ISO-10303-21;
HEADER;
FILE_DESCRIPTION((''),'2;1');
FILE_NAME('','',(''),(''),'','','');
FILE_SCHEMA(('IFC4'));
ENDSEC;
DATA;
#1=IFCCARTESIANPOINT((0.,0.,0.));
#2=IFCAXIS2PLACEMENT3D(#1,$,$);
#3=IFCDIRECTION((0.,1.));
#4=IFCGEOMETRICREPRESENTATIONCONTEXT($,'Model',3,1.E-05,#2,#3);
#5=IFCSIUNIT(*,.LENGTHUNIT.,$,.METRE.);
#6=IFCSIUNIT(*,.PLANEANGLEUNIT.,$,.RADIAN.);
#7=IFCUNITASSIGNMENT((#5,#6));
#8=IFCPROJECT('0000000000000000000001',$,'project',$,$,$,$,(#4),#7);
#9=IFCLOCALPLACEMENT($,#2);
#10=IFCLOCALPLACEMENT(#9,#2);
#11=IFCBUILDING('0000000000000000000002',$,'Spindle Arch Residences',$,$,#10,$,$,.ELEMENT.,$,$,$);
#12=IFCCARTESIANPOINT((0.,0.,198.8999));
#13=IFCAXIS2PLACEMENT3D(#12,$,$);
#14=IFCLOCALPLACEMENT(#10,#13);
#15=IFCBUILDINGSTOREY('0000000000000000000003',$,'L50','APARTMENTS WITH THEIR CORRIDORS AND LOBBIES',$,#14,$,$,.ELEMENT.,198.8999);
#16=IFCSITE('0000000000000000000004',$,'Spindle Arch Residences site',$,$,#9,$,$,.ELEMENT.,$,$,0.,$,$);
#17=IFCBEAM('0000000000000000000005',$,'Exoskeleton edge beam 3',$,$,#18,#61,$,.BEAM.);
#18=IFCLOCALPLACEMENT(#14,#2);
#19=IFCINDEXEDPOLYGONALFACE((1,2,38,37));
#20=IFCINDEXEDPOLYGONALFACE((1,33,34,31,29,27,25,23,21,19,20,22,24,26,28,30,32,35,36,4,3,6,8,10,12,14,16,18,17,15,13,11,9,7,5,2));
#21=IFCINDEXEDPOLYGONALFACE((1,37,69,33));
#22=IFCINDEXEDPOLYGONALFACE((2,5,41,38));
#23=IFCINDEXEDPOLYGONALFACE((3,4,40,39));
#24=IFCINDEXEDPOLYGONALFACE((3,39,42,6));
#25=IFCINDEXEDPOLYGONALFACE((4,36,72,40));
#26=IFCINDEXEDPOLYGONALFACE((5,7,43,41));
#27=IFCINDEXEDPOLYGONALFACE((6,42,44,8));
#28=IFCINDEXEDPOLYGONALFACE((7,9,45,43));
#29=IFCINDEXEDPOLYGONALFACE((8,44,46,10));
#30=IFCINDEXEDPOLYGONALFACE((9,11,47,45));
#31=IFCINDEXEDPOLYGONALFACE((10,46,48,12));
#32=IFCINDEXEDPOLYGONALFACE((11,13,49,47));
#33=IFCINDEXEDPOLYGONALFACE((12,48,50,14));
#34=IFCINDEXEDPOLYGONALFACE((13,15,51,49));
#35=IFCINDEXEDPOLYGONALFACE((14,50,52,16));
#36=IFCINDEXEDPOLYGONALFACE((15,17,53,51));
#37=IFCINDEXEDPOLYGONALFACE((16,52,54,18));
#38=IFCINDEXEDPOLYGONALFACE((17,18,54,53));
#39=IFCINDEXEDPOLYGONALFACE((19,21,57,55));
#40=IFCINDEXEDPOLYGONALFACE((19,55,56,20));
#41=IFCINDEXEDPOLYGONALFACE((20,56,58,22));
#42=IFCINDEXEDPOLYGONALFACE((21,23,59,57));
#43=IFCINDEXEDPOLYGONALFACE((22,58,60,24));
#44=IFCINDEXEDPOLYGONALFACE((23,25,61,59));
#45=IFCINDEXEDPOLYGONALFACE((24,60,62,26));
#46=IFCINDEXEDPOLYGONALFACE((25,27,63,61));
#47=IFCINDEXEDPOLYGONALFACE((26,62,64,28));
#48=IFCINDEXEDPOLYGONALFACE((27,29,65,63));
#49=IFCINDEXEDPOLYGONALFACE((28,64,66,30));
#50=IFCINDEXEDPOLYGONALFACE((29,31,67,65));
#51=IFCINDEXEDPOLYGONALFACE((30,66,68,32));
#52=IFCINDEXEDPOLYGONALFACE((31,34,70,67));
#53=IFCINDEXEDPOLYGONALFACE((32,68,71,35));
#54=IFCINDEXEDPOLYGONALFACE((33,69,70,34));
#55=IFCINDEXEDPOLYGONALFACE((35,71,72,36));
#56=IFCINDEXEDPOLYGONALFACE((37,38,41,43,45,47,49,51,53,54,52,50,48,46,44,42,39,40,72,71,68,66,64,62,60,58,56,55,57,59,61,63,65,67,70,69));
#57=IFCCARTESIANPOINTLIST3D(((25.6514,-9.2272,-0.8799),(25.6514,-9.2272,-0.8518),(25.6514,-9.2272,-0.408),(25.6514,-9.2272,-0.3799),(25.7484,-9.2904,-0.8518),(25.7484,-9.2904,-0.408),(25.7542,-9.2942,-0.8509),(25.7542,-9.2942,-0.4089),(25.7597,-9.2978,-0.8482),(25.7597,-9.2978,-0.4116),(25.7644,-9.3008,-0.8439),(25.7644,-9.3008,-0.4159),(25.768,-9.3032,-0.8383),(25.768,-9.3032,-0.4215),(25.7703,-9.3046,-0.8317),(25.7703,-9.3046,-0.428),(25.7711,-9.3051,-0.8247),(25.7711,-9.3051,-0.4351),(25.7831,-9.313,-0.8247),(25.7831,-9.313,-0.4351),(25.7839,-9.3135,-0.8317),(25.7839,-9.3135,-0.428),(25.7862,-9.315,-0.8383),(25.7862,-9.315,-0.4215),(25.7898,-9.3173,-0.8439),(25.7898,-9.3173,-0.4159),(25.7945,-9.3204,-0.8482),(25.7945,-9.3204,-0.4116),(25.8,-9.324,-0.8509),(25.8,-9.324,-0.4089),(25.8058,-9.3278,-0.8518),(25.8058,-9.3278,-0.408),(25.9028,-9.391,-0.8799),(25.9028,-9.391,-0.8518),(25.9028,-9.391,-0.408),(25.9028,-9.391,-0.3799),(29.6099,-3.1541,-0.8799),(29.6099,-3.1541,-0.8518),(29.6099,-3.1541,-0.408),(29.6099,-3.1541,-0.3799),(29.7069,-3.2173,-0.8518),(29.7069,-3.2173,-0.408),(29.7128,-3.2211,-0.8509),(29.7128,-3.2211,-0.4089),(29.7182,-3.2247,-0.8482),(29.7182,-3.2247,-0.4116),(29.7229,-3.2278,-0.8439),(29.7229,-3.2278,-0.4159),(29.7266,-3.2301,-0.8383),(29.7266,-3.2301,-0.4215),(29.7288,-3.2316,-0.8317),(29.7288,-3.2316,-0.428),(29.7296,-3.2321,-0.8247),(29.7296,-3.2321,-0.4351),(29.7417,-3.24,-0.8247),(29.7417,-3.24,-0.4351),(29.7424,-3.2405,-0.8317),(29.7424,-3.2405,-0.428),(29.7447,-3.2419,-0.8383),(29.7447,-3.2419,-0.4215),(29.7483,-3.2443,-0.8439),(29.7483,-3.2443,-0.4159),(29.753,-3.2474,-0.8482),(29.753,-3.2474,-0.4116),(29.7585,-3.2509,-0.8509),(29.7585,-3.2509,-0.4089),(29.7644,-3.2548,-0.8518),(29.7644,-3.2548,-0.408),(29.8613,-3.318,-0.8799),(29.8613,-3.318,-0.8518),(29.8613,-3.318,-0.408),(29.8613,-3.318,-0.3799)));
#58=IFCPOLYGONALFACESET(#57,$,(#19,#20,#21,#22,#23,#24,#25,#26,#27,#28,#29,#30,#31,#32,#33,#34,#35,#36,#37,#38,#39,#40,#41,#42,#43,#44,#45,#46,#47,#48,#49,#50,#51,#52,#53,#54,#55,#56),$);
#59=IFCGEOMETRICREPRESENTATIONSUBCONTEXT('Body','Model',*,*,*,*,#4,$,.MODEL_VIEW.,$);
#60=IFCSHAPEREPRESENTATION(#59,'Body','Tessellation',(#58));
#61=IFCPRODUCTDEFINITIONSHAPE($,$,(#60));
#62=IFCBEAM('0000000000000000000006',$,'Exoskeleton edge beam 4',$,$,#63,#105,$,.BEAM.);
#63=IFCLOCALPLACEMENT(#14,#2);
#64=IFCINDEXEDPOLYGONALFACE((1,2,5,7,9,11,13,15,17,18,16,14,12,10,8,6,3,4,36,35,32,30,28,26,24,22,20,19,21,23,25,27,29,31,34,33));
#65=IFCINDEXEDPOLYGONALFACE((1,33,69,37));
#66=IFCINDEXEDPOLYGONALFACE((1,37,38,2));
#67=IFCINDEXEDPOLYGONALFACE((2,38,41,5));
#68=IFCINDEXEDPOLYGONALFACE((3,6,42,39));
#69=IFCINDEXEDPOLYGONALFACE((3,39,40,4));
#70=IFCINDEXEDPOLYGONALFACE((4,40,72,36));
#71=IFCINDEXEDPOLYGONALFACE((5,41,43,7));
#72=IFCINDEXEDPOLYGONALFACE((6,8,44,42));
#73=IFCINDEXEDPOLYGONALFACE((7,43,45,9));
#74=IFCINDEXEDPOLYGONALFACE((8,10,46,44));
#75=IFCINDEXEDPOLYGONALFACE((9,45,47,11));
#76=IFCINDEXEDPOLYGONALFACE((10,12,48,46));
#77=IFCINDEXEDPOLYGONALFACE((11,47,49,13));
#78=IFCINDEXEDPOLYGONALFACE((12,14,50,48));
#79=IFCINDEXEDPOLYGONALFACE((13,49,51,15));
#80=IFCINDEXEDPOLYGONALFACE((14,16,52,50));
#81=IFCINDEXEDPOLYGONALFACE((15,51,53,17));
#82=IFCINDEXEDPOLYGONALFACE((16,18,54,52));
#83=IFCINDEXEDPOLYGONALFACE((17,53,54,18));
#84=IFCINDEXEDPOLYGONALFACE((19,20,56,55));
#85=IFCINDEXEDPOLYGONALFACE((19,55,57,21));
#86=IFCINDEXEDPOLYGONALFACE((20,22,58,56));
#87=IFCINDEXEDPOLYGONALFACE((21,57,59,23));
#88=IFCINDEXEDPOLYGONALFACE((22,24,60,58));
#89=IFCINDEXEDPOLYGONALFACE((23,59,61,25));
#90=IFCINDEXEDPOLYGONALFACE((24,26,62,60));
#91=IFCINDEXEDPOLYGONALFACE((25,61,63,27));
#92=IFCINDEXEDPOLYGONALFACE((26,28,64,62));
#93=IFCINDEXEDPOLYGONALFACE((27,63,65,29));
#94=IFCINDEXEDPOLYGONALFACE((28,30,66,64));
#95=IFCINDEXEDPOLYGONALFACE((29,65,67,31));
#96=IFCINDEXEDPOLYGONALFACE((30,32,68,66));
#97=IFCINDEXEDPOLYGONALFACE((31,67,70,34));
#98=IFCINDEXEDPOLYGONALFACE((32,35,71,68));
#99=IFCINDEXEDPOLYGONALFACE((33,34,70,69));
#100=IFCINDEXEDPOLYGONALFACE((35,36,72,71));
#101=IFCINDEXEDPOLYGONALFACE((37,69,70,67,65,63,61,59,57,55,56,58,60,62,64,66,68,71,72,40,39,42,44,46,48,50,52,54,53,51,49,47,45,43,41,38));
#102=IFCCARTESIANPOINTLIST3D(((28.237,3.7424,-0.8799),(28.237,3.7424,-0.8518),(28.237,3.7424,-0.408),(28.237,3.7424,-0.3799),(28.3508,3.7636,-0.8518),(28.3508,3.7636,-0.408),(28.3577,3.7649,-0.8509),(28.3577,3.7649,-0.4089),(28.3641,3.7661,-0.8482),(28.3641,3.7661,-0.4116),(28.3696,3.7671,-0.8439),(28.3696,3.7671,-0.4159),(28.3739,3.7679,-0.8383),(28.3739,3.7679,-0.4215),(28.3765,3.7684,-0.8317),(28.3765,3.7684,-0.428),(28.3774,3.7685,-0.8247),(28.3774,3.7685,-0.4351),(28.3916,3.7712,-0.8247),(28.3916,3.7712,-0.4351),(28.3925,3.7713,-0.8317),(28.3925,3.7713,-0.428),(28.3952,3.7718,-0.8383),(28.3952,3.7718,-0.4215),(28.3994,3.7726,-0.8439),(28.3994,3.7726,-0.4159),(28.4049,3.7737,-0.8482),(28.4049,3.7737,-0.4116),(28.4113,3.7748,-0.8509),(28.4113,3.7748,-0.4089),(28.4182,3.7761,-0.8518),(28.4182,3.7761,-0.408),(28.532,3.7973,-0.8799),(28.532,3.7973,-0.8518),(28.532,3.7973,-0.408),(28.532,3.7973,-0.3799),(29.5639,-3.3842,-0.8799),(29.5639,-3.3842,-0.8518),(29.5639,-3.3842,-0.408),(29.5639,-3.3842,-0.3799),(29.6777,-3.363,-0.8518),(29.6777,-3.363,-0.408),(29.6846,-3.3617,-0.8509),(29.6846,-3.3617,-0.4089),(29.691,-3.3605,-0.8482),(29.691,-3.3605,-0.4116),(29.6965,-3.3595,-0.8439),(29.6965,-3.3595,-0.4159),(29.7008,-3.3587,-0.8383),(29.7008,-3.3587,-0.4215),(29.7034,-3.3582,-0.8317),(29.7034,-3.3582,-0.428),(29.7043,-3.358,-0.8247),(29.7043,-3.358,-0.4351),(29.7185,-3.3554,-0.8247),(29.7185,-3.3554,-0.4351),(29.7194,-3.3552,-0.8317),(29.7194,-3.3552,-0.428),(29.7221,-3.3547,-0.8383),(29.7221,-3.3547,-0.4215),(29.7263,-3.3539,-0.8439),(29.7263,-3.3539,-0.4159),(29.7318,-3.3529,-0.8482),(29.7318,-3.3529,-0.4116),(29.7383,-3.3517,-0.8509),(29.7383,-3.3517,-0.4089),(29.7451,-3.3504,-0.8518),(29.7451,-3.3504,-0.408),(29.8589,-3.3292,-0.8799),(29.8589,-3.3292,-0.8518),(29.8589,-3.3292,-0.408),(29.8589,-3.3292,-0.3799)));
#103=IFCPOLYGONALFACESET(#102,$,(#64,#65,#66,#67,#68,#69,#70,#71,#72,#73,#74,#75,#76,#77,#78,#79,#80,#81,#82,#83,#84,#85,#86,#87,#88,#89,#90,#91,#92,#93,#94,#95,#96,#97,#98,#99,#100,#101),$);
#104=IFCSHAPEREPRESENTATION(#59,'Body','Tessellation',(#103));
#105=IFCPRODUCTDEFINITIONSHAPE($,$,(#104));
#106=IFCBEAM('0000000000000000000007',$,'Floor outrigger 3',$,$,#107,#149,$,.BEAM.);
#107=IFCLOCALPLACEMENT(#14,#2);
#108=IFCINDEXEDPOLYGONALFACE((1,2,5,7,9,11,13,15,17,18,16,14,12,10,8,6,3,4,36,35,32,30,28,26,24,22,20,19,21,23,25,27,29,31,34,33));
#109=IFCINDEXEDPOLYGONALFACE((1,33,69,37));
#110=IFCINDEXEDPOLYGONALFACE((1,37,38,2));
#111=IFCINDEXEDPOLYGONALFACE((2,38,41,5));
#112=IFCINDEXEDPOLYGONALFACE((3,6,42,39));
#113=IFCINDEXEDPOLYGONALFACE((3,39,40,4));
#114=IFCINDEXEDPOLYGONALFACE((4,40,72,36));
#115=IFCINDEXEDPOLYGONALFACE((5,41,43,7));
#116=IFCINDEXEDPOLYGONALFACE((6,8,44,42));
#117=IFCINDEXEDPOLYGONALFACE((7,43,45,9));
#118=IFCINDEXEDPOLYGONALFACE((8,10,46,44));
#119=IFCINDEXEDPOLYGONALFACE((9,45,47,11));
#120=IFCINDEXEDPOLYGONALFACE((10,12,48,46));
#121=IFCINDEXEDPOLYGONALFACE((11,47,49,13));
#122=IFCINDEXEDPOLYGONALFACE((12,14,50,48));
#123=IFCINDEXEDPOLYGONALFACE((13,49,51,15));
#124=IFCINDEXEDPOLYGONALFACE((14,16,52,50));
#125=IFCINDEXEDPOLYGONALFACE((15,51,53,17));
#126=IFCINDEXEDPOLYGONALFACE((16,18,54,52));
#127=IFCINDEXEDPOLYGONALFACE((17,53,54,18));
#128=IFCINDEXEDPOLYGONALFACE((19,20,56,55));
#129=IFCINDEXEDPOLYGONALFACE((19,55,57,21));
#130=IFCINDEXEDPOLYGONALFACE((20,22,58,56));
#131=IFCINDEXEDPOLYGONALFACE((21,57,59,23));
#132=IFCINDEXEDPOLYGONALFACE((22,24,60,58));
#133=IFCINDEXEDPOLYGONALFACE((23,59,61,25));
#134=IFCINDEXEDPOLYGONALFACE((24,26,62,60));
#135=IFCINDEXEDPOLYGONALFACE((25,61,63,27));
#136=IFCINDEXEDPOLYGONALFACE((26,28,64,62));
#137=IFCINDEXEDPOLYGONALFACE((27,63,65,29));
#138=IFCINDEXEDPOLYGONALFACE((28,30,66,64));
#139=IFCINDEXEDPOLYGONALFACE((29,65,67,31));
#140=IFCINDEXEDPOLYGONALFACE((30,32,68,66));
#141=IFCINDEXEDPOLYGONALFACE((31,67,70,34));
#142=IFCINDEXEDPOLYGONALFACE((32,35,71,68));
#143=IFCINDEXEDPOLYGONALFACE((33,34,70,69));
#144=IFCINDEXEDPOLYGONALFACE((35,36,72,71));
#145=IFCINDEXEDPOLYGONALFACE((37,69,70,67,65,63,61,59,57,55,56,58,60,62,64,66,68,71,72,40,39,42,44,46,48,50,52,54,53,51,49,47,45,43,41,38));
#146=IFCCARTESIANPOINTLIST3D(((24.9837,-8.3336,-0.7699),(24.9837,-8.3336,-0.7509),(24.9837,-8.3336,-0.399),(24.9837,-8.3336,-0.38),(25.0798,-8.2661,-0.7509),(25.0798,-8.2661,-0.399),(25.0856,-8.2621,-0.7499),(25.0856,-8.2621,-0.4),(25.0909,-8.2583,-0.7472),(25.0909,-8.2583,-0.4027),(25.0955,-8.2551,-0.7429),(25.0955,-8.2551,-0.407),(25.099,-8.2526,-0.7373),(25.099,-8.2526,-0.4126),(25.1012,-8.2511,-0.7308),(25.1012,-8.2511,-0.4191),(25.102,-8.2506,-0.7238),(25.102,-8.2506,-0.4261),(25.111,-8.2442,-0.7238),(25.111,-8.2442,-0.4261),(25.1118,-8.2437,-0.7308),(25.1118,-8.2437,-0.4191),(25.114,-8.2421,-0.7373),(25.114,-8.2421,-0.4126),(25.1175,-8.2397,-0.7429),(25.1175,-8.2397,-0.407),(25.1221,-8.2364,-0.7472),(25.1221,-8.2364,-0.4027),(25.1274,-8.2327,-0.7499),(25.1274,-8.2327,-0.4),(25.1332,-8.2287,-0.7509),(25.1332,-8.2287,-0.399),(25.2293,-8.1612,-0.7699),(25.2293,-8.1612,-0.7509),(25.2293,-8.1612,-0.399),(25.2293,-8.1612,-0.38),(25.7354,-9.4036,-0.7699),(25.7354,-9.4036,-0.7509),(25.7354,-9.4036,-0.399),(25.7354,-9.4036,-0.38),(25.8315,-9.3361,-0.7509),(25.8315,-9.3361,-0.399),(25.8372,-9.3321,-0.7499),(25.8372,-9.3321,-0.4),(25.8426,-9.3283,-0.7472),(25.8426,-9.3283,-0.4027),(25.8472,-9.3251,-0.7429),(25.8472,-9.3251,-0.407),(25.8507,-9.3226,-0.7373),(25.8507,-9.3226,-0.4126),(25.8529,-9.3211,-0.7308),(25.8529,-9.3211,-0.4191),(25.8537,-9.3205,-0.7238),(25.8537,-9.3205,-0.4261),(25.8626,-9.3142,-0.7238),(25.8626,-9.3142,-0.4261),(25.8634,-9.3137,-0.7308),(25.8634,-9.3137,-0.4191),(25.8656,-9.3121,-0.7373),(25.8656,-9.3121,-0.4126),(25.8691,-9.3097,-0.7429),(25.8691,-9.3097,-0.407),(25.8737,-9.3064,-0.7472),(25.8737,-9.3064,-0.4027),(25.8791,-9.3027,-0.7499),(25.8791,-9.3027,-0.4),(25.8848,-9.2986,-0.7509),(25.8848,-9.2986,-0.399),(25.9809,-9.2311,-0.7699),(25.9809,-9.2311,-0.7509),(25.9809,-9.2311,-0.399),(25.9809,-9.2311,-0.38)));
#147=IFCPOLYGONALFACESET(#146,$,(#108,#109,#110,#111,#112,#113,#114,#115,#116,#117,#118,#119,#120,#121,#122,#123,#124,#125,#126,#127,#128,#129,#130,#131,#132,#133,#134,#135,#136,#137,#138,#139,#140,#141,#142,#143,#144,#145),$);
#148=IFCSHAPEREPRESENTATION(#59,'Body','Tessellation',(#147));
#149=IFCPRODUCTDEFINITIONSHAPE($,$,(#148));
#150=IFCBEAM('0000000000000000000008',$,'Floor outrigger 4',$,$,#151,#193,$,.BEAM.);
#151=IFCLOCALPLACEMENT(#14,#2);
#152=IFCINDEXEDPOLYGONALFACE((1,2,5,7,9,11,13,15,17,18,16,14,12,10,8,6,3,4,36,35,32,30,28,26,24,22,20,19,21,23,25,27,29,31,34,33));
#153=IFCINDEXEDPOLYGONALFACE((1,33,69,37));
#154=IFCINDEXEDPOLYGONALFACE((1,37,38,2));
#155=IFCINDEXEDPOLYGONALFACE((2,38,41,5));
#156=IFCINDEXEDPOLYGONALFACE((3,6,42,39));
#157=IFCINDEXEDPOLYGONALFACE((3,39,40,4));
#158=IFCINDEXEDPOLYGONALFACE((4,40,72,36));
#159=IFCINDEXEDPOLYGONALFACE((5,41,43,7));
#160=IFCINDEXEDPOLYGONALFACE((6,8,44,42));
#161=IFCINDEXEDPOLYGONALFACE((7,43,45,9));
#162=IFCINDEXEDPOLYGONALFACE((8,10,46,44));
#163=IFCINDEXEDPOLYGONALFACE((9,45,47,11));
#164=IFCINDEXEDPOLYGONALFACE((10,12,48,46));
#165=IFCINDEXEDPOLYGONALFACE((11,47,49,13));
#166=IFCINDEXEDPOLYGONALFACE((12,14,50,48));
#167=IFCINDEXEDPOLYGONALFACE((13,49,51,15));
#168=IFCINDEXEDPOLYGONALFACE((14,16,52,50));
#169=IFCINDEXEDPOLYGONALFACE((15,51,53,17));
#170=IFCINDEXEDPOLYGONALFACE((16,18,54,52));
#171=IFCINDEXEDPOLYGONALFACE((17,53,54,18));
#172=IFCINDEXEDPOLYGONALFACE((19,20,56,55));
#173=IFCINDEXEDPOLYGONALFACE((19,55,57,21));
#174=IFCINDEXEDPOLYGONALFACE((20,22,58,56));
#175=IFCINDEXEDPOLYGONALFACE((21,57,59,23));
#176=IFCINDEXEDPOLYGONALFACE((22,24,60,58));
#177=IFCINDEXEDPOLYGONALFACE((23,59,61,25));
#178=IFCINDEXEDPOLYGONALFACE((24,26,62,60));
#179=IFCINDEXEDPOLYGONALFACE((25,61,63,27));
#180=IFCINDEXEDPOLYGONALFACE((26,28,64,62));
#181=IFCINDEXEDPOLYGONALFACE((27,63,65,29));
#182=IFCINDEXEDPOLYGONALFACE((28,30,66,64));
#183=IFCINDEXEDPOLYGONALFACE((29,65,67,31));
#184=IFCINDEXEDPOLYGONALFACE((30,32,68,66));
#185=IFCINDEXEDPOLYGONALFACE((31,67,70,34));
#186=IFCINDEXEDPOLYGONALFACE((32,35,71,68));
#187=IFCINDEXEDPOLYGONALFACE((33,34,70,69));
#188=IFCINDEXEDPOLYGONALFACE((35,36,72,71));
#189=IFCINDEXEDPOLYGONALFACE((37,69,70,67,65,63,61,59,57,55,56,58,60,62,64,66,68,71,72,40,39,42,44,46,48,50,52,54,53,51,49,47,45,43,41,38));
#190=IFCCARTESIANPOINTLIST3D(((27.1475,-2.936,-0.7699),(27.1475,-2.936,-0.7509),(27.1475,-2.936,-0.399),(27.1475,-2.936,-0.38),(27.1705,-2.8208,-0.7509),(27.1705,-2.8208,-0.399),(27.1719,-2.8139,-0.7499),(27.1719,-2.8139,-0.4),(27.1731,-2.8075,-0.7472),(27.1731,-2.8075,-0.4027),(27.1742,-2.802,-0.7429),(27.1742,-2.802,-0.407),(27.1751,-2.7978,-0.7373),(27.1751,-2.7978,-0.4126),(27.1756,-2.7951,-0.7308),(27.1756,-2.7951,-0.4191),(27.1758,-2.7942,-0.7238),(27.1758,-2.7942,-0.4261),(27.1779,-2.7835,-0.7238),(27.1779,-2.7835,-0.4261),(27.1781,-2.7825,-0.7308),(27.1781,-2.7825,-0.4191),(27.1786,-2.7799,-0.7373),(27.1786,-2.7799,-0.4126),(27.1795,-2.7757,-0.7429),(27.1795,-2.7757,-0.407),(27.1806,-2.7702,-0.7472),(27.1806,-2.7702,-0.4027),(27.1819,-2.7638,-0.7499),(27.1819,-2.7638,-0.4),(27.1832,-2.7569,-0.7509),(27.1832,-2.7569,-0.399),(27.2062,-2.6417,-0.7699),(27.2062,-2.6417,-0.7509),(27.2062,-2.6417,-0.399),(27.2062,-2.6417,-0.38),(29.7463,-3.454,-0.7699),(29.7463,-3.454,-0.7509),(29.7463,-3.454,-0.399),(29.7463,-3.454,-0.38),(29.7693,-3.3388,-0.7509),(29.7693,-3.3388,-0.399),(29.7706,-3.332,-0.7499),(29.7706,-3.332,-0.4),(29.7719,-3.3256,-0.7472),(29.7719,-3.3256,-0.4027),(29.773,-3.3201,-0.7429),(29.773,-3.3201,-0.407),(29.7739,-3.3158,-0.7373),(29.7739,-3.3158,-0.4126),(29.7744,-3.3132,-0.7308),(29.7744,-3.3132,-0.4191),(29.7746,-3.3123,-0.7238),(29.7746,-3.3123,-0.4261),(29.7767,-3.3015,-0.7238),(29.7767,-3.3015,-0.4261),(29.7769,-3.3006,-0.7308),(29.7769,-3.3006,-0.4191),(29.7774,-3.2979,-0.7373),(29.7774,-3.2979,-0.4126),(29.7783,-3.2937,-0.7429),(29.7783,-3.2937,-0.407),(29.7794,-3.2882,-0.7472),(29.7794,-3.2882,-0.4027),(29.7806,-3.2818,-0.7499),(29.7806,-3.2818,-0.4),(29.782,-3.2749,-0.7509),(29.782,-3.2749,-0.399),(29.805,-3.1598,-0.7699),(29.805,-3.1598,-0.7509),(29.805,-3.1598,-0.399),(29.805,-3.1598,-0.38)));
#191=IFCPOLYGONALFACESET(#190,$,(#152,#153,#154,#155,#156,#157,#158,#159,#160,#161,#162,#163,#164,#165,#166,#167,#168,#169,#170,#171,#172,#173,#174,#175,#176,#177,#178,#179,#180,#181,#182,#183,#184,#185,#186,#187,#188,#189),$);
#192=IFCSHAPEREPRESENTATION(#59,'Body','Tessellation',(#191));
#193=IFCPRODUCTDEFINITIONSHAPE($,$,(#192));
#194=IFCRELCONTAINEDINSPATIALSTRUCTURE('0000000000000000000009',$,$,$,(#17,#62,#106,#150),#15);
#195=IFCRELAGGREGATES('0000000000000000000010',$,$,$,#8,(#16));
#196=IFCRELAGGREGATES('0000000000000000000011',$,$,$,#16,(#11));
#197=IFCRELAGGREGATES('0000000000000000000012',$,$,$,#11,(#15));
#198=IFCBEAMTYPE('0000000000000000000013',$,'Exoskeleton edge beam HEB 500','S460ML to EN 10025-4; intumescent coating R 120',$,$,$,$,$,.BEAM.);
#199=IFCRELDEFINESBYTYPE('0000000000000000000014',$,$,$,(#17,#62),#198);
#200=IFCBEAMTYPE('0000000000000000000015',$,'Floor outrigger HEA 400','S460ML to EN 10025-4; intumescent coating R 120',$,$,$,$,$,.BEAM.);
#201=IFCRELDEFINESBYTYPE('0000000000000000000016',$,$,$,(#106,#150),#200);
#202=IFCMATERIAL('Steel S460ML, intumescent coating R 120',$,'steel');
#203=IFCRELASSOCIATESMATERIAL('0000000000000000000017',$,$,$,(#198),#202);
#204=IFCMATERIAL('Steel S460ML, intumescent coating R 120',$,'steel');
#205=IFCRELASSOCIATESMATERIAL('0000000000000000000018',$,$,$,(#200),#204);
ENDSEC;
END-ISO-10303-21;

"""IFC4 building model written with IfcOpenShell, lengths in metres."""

from ifc_helpers import new_model, si_unit, direction, frame, origin, origin_2d, place, context, subcontext, project, spatial, i_section, extrude, material, material_profile, profile_set, type_object, element, save


model = new_model("IFC4")

# Units and contexts
model_context = context("Model", 3, precision=1e-05, world=origin(), true_north=direction((0.0, 1.0)))
body_context = subcontext(model_context, "Body", "Model", "MODEL_VIEW")
ifc_project = project(units=[si_unit("LENGTHUNIT", "METRE"), si_unit("PLANEANGLEUNIT", "RADIAN")], contexts=[model_context])

# Site, building, storey
site_placement = place(None, origin())
site = spatial("IfcSite", under=ifc_project, at=site_placement, Name="Spindle Arch Residences site", CompositionType="ELEMENT", RefElevation=0.0)
building_placement = place(site_placement, origin())
building = spatial("IfcBuilding", under=site, at=building_placement, Name="Spindle Arch Residences", CompositionType="ELEMENT")
storey_placement = place(building_placement, frame((0.0, 0.0, 198.8999)))
storey = spatial("IfcBuildingStorey", under=building, at=storey_placement, Name="L50", Description="APARTMENTS WITH THEIR CORRIDORS AND LOBBIES", CompositionType="ELEMENT", Elevation=198.8999)

# Beams
ifc_material_1 = material(Name="Steel S460ML, intumescent coating R 120", Category="steel")
ifc_material_profile_1 = material_profile(ifc_material_1, i_section(OverallWidth=0.3, OverallDepth=0.5, WebThickness=0.0144, FlangeThickness=0.0281, FilletRadius=0.0271, at=origin_2d()), Name="HEB 500")
ifc_profile_set_1 = profile_set([ifc_material_profile_1], Name="Steel S460ML, intumescent coating R 120")
beam_type_1 = type_object("IfcBeamType", Name="Exoskeleton edge beam HEB 500", Description="S460ML to EN 10025-4; intumescent coating R 120", PredefinedType="BEAM", material=ifc_profile_set_1)
beam_1_placement = place(storey_placement, frame((25.7771, -9.3091, -0.6299), z_axis=(0.546059, 0.837747, 0.0), x_axis=(-0.837747, 0.546059, 0.0)))
element("IfcBeam", 1, at=beam_1_placement, inside=storey, type_object=beam_type_1, Name="Exoskeleton edge beam 3", PredefinedType="BEAM", context=body_context, shape_type="SweptSolid", body=[
    extrude(i_section(OverallWidth=0.3, OverallDepth=0.5, WebThickness=0.0144, FlangeThickness=0.0281, FilletRadius=0.0271, at=origin_2d()), origin(), (0.0, 0.0, 1.0), 7.2493),
])
beam_2_placement = place(storey_placement, frame((29.7114, -3.3567, -0.6299), z_axis=(-0.183048, 0.983104, 0.0), x_axis=(-0.983104, -0.183048, 0.0)))
element("IfcBeam", 2, at=beam_2_placement, inside=storey, type_object=beam_type_1, Name="Exoskeleton edge beam 4", PredefinedType="BEAM", context=body_context, shape_type="SweptSolid", body=[
    extrude(i_section(OverallWidth=0.3, OverallDepth=0.5, WebThickness=0.0144, FlangeThickness=0.0281, FilletRadius=0.0271, at=origin_2d()), origin(), (0.0, 0.0, 1.0), 7.249),
])
ifc_material_2 = material(Name="Steel S460ML, intumescent coating R 120", Category="steel")
ifc_material_profile_2 = material_profile(ifc_material_2, i_section(OverallWidth=0.3, OverallDepth=0.3899, WebThickness=0.011, FlangeThickness=0.019, FilletRadius=0.0271, at=origin_2d()), Name="HEA 400")
ifc_profile_set_2 = profile_set([ifc_material_profile_2], Name="Steel S460ML, intumescent coating R 120")
beam_type_2 = type_object("IfcBeamType", Name="Floor outrigger HEA 400", Description="S460ML to EN 10025-4; intumescent coating R 120", PredefinedType="BEAM", material=ifc_profile_set_2)
beam_3_placement = place(storey_placement, frame((25.8582, -9.3174, -0.575), z_axis=(-0.574827, 0.818275, 0.0), x_axis=(-0.818275, -0.574827, 0.0)))
element("IfcBeam", 3, at=beam_3_placement, inside=storey, type_object=beam_type_2, Name="Floor outrigger 3", PredefinedType="BEAM", context=body_context, shape_type="SweptSolid", body=[
    extrude(i_section(OverallWidth=0.3, OverallDepth=0.3899, WebThickness=0.011, FlangeThickness=0.019, FilletRadius=0.0271, at=origin_2d()), origin(), (0.0, 0.0, 1.0), 1.3076),
])
beam_4_placement = place(storey_placement, frame((29.7756, -3.3069, -0.575), z_axis=(-0.980704, 0.195496, 0.0), x_axis=(-0.195496, -0.980704, 0.0)))
element("IfcBeam", 4, at=beam_4_placement, inside=storey, type_object=beam_type_2, Name="Floor outrigger 4", PredefinedType="BEAM", context=body_context, shape_type="SweptSolid", body=[
    extrude(i_section(OverallWidth=0.3, OverallDepth=0.3899, WebThickness=0.011, FlangeThickness=0.019, FilletRadius=0.0271, at=origin_2d()), origin(), (0.0, 0.0, 1.0), 2.6499),
])

save(model, "model.ifc")
